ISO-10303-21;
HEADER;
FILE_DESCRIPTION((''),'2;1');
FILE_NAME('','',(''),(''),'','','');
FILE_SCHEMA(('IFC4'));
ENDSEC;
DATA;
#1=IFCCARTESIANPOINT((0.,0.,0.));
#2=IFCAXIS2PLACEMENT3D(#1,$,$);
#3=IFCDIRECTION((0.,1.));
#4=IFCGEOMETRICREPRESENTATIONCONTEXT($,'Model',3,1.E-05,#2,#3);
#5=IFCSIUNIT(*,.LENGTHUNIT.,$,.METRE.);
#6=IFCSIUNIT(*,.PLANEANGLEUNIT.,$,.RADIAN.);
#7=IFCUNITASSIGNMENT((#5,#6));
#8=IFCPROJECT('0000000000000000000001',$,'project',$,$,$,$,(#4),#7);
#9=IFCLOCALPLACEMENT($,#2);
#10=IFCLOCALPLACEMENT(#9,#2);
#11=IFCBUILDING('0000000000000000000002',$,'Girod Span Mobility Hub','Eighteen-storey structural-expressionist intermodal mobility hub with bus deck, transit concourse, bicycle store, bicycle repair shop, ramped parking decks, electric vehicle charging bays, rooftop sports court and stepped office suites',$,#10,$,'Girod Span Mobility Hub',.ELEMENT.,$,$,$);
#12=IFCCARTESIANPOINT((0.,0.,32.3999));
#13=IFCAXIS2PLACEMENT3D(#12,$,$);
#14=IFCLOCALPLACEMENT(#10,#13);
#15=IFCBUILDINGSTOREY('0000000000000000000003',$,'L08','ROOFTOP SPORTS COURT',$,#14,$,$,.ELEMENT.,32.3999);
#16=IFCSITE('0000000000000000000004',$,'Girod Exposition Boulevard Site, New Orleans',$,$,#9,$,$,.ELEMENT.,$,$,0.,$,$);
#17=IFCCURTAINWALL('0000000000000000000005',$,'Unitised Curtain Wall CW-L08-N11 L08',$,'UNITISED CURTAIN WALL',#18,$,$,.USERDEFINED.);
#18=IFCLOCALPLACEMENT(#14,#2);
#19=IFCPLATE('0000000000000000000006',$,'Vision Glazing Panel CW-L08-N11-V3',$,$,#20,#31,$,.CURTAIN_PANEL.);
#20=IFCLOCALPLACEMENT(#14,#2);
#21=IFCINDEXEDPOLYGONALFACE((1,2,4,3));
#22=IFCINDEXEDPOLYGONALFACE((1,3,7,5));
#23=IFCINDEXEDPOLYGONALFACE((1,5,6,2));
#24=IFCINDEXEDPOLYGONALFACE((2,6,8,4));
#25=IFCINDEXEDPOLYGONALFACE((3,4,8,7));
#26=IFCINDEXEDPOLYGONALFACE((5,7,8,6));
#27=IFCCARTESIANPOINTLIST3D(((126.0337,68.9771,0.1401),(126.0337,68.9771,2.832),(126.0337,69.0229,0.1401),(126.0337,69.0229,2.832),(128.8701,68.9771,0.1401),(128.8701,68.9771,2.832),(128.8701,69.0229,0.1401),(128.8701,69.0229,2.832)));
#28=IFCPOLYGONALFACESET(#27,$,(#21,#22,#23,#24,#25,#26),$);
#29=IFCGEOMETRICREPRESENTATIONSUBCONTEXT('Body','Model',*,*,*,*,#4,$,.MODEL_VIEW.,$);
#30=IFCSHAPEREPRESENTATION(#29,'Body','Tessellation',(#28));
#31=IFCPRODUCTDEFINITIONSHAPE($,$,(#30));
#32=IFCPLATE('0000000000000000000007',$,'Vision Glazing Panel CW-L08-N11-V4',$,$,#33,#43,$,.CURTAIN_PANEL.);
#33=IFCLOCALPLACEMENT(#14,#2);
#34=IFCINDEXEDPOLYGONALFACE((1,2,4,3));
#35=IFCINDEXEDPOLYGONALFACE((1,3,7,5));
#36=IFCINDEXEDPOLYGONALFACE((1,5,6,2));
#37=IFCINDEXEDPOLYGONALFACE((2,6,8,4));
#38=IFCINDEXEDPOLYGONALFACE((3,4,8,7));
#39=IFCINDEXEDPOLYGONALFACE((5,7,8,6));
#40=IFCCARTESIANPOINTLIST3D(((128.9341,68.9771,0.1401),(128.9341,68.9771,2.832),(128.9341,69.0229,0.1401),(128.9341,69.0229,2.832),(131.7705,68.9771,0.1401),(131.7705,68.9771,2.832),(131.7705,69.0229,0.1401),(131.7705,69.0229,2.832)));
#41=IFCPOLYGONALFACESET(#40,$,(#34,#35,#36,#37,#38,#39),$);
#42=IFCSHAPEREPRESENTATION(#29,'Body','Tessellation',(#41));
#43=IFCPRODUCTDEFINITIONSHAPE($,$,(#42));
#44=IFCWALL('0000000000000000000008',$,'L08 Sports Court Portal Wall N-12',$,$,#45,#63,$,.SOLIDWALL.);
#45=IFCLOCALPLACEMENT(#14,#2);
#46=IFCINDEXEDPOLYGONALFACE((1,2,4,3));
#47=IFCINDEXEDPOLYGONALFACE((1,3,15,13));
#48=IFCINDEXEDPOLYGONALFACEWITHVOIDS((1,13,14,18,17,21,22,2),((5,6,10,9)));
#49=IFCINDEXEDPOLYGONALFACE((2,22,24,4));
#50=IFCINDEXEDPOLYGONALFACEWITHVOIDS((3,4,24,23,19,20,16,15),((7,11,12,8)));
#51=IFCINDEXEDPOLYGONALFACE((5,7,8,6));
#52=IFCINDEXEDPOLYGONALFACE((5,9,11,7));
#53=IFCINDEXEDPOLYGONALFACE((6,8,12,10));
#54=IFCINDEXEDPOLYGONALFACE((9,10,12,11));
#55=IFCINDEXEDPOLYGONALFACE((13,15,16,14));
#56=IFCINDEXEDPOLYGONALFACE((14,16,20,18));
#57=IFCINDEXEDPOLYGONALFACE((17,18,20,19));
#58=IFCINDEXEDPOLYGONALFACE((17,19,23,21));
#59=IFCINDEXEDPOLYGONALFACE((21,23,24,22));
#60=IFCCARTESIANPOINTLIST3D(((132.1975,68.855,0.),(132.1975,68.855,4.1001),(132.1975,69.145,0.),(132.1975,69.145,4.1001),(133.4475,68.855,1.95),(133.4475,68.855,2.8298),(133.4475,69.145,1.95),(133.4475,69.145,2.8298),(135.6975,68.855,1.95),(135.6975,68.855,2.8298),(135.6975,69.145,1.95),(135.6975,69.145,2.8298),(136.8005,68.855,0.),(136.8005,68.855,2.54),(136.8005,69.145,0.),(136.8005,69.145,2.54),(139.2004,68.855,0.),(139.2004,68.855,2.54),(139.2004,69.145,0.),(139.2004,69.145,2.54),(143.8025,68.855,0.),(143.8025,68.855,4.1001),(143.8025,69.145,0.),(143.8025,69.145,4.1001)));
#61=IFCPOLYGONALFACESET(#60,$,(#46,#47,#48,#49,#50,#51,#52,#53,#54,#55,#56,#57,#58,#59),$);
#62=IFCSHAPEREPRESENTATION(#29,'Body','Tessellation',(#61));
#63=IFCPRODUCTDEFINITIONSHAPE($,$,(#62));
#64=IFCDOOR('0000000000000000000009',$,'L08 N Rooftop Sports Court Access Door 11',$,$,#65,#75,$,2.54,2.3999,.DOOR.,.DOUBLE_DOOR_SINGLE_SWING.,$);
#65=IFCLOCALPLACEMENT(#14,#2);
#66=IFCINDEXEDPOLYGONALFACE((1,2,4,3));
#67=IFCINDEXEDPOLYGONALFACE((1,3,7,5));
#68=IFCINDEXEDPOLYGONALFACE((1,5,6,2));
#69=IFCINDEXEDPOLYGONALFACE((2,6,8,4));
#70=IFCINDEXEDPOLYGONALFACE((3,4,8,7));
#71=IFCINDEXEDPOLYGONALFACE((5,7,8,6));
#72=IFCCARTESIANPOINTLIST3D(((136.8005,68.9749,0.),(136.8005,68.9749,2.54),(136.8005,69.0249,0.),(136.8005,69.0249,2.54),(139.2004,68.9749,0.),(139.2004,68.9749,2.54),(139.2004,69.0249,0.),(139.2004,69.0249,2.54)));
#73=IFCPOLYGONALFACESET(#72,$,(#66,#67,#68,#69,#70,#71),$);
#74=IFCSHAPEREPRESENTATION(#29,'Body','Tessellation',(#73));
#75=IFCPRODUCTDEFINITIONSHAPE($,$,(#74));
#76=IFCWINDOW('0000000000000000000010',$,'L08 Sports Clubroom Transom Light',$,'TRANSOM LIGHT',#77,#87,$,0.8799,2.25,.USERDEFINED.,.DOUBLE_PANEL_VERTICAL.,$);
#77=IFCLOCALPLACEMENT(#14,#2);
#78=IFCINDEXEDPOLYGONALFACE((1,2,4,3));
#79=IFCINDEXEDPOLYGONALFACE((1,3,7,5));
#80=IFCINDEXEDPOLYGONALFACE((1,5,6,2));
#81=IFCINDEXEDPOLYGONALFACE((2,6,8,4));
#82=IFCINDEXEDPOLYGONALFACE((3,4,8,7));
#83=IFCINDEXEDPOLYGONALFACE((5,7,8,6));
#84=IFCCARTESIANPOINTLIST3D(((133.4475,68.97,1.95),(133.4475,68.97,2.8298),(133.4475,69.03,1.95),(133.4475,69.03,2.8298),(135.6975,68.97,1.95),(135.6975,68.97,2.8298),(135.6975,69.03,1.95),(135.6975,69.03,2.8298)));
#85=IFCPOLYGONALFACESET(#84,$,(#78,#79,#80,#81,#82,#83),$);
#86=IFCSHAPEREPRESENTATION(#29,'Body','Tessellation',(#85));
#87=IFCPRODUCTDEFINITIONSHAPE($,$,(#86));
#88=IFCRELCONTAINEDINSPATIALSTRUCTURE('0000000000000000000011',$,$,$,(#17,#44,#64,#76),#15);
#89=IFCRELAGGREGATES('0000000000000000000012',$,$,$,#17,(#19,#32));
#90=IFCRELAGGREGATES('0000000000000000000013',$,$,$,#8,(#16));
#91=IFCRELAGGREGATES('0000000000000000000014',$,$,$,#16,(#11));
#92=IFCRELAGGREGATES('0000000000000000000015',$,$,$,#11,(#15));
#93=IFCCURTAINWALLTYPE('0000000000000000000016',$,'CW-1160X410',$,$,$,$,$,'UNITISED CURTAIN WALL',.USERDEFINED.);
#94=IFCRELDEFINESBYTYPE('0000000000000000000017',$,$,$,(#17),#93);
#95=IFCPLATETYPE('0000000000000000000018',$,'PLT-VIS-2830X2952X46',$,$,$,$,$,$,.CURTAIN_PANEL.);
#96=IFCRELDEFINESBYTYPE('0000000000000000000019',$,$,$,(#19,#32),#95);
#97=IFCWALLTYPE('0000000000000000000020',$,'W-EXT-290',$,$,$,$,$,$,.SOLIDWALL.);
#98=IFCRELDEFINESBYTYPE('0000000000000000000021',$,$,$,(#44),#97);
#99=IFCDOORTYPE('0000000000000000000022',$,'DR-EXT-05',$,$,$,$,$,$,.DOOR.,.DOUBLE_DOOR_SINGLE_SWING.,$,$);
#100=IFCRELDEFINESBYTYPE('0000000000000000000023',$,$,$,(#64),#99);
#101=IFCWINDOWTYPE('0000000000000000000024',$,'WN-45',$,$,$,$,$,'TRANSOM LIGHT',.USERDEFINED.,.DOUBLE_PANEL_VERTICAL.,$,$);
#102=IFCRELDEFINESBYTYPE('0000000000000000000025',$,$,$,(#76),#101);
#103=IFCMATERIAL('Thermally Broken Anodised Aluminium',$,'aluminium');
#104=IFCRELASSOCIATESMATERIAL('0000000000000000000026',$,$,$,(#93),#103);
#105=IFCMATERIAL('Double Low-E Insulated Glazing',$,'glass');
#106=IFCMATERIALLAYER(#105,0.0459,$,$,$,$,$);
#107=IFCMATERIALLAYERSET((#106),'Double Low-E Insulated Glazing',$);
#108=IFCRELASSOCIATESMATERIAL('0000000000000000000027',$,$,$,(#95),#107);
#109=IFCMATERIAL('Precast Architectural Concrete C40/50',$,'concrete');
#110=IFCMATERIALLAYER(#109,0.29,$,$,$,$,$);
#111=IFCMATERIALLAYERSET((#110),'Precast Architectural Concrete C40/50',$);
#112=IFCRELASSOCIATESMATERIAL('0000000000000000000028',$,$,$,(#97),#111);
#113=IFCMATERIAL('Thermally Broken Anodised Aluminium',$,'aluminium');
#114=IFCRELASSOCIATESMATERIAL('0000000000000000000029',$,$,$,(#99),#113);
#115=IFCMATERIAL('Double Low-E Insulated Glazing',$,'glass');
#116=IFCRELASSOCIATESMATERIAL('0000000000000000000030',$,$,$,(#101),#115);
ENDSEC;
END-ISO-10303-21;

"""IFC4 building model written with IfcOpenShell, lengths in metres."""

from ifc_helpers import new_model, si_unit, direction, frame, frame_2d, origin, origin_2d, place, context, subcontext, project, spatial, rectangle, extrude, material, layer, layer_set, type_object, element, fill, aggregate, save


model = new_model("IFC4")

# Units and contexts
model_context = context("Model", 3, precision=1e-05, world=origin(), true_north=direction((0.0, 1.0)))
body_context = subcontext(model_context, "Body", "Model", "MODEL_VIEW")
ifc_project = project(units=[si_unit("LENGTHUNIT", "METRE"), si_unit("PLANEANGLEUNIT", "RADIAN")], contexts=[model_context])

# Site, building, storey
site_placement = place(None, origin())
site = spatial("IfcSite", under=ifc_project, at=site_placement, Name="Girod Exposition Boulevard Site, New Orleans", CompositionType="ELEMENT", RefElevation=0.0)
building_placement = place(site_placement, origin())
building = spatial("IfcBuilding", under=site, at=building_placement, Name="Girod Span Mobility Hub", Description="Eighteen-storey structural-expressionist intermodal mobility hub with bus deck, transit concourse, bicycle store, bicycle repair shop, ramped parking decks, electric vehicle charging bays, rooftop sports court and stepped office suites", LongName="Girod Span Mobility Hub", CompositionType="ELEMENT")
storey_placement = place(building_placement, frame((0.0, 0.0, 32.3999)))
storey = spatial("IfcBuildingStorey", under=building, at=storey_placement, Name="L08", Description="ROOFTOP SPORTS COURT", CompositionType="ELEMENT", Elevation=32.3999)

# Curtain wall
ifc_material_1 = material(Name="Thermally Broken Anodised Aluminium", Category="aluminium")
curtain_wall_type = type_object("IfcCurtainWallType", Name="CW-1160X410", ElementType="UNITISED CURTAIN WALL", PredefinedType="USERDEFINED", material=ifc_material_1)
curtain_wall_placement = place(storey_placement, origin())
curtain_wall = element("IfcCurtainWall", 1, at=curtain_wall_placement, inside=storey, type_object=curtain_wall_type, Name="Unitised Curtain Wall CW-L08-N11 L08", ObjectType="UNITISED CURTAIN WALL", PredefinedType="USERDEFINED")

# Plates
ifc_material_2 = material(Name="Double Low-E Insulated Glazing", Category="glass")
ifc_layer_1 = layer(ifc_material_2, 0.0459)
ifc_layer_set_1 = layer_set([ifc_layer_1], Name="Double Low-E Insulated Glazing")
plate_type = type_object("IfcPlateType", Name="PLT-VIS-2830X2952X46", PredefinedType="CURTAIN_PANEL", material=ifc_layer_set_1)
plate_1_placement = place(storey_placement, frame((127.4519, 69.0, 0.1401), z_axis=(0.0, 0.0, 1.0), x_axis=(1.0, 0.0, 0.0)))
plate_1 = element("IfcPlate", 2, at=plate_1_placement, type_object=plate_type, Name="Vision Glazing Panel CW-L08-N11-V3", PredefinedType="CURTAIN_PANEL", context=body_context, shape_type="SweptSolid", body=[
    extrude(rectangle(XDim=2.8364, YDim=0.0459, at=origin_2d()), origin(), (0.0, 0.0, 1.0), 2.6919),
])
plate_2_placement = place(storey_placement, frame((130.3523, 69.0, 0.1401), z_axis=(0.0, 0.0, 1.0), x_axis=(1.0, 0.0, 0.0)))
plate_2 = element("IfcPlate", 3, at=plate_2_placement, type_object=plate_type, Name="Vision Glazing Panel CW-L08-N11-V4", PredefinedType="CURTAIN_PANEL", context=body_context, shape_type="SweptSolid", body=[
    extrude(rectangle(XDim=2.8364, YDim=0.0459, at=origin_2d()), origin(), (0.0, 0.0, 1.0), 2.6919),
])
aggregate(curtain_wall, [plate_1, plate_2])

# Wall, openings, door, window
ifc_material_3 = material(Name="Precast Architectural Concrete C40/50", Category="concrete")
ifc_layer_2 = layer(ifc_material_3, 0.29)
ifc_layer_set_2 = layer_set([ifc_layer_2], Name="Precast Architectural Concrete C40/50")
wall_type = type_object("IfcWallType", Name="W-EXT-290", PredefinedType="SOLIDWALL", material=ifc_layer_set_2)
wall_placement = place(storey_placement, frame((132.1975, 69.0, 0.0), z_axis=(0.0, 0.0, 1.0), x_axis=(1.0, 0.0, 0.0)))
wall = element("IfcWall", 4, at=wall_placement, inside=storey, type_object=wall_type, Name="L08 Sports Court Portal Wall N-12", PredefinedType="SOLIDWALL", context=body_context, shape_type="SweptSolid", body=[
    extrude(rectangle(XDim=11.605, YDim=0.29, at=frame_2d((5.8025, 0.0))), origin(), (0.0, 0.0, 1.0), 4.1001),
])
opening_1_placement = place(wall_placement, frame((4.603, 0.0, 0.0)))
opening_1 = element("IfcOpeningElement", 5, at=opening_1_placement, cuts=wall, PredefinedType="OPENING", context=body_context, shape_type="SweptSolid", body=[
    extrude(rectangle(XDim=2.3999, YDim=2.54, at=frame_2d((1.2, 1.27))), frame((0.0, 0.1599, 0.0), z_axis=(0.0, -1.0, 0.0), x_axis=(1.0, 0.0, 0.0)), (0.0, 0.0, 1.0), 0.3201),
])
opening_2_placement = place(wall_placement, frame((1.25, 0.0, 1.95)))
opening_2 = element("IfcOpeningElement", 6, at=opening_2_placement, cuts=wall, PredefinedType="OPENING", context=body_context, shape_type="SweptSolid", body=[
    extrude(rectangle(XDim=2.25, YDim=0.8799, at=frame_2d((1.125, 0.4399))), frame((0.0, 0.1599, 0.0), z_axis=(0.0, -1.0, 0.0), x_axis=(1.0, 0.0, 0.0)), (0.0, 0.0, 1.0), 0.3201),
])
ifc_material_4 = material(Name="Thermally Broken Anodised Aluminium", Category="aluminium")
door_type = type_object("IfcDoorType", Name="DR-EXT-05", OperationType="DOUBLE_DOOR_SINGLE_SWING", PredefinedType="DOOR", material=ifc_material_4)
door_placement = place(opening_1_placement, origin())
door = element("IfcDoor", 7, at=door_placement, inside=storey, type_object=door_type, Name="L08 N Rooftop Sports Court Access Door 11", OperationType="DOUBLE_DOOR_SINGLE_SWING", OverallHeight=2.54, OverallWidth=2.3999, PredefinedType="DOOR", context=body_context, shape_type="SweptSolid", body=[
    extrude(rectangle(XDim=2.3999, YDim=2.54, at=frame_2d((1.2, 1.27))), frame((0.0, 0.0249, 0.0), z_axis=(0.0, -1.0, 0.0), x_axis=(1.0, 0.0, 0.0)), (0.0, 0.0, 1.0), 0.05),
])
fill(opening_1, door)
ifc_material_5 = material(Name="Double Low-E Insulated Glazing", Category="glass")
window_type = type_object("IfcWindowType", Name="WN-45", ElementType="TRANSOM LIGHT", PartitioningType="DOUBLE_PANEL_VERTICAL", PredefinedType="USERDEFINED", material=ifc_material_5)
window_placement = place(opening_2_placement, origin())
window = element("IfcWindow", 8, at=window_placement, inside=storey, type_object=window_type, Name="L08 Sports Clubroom Transom Light", ObjectType="TRANSOM LIGHT", OverallHeight=0.8799, OverallWidth=2.25, PartitioningType="DOUBLE_PANEL_VERTICAL", PredefinedType="USERDEFINED", context=body_context, shape_type="SweptSolid", body=[
    extrude(rectangle(XDim=2.25, YDim=0.8799, at=frame_2d((1.125, 0.4399))), frame((0.0, 0.03, 0.0), z_axis=(0.0, -1.0, 0.0), x_axis=(1.0, 0.0, 0.0)), (0.0, 0.0, 1.0), 0.0601),
])
fill(opening_2, window)

save(model, "model.ifc")
